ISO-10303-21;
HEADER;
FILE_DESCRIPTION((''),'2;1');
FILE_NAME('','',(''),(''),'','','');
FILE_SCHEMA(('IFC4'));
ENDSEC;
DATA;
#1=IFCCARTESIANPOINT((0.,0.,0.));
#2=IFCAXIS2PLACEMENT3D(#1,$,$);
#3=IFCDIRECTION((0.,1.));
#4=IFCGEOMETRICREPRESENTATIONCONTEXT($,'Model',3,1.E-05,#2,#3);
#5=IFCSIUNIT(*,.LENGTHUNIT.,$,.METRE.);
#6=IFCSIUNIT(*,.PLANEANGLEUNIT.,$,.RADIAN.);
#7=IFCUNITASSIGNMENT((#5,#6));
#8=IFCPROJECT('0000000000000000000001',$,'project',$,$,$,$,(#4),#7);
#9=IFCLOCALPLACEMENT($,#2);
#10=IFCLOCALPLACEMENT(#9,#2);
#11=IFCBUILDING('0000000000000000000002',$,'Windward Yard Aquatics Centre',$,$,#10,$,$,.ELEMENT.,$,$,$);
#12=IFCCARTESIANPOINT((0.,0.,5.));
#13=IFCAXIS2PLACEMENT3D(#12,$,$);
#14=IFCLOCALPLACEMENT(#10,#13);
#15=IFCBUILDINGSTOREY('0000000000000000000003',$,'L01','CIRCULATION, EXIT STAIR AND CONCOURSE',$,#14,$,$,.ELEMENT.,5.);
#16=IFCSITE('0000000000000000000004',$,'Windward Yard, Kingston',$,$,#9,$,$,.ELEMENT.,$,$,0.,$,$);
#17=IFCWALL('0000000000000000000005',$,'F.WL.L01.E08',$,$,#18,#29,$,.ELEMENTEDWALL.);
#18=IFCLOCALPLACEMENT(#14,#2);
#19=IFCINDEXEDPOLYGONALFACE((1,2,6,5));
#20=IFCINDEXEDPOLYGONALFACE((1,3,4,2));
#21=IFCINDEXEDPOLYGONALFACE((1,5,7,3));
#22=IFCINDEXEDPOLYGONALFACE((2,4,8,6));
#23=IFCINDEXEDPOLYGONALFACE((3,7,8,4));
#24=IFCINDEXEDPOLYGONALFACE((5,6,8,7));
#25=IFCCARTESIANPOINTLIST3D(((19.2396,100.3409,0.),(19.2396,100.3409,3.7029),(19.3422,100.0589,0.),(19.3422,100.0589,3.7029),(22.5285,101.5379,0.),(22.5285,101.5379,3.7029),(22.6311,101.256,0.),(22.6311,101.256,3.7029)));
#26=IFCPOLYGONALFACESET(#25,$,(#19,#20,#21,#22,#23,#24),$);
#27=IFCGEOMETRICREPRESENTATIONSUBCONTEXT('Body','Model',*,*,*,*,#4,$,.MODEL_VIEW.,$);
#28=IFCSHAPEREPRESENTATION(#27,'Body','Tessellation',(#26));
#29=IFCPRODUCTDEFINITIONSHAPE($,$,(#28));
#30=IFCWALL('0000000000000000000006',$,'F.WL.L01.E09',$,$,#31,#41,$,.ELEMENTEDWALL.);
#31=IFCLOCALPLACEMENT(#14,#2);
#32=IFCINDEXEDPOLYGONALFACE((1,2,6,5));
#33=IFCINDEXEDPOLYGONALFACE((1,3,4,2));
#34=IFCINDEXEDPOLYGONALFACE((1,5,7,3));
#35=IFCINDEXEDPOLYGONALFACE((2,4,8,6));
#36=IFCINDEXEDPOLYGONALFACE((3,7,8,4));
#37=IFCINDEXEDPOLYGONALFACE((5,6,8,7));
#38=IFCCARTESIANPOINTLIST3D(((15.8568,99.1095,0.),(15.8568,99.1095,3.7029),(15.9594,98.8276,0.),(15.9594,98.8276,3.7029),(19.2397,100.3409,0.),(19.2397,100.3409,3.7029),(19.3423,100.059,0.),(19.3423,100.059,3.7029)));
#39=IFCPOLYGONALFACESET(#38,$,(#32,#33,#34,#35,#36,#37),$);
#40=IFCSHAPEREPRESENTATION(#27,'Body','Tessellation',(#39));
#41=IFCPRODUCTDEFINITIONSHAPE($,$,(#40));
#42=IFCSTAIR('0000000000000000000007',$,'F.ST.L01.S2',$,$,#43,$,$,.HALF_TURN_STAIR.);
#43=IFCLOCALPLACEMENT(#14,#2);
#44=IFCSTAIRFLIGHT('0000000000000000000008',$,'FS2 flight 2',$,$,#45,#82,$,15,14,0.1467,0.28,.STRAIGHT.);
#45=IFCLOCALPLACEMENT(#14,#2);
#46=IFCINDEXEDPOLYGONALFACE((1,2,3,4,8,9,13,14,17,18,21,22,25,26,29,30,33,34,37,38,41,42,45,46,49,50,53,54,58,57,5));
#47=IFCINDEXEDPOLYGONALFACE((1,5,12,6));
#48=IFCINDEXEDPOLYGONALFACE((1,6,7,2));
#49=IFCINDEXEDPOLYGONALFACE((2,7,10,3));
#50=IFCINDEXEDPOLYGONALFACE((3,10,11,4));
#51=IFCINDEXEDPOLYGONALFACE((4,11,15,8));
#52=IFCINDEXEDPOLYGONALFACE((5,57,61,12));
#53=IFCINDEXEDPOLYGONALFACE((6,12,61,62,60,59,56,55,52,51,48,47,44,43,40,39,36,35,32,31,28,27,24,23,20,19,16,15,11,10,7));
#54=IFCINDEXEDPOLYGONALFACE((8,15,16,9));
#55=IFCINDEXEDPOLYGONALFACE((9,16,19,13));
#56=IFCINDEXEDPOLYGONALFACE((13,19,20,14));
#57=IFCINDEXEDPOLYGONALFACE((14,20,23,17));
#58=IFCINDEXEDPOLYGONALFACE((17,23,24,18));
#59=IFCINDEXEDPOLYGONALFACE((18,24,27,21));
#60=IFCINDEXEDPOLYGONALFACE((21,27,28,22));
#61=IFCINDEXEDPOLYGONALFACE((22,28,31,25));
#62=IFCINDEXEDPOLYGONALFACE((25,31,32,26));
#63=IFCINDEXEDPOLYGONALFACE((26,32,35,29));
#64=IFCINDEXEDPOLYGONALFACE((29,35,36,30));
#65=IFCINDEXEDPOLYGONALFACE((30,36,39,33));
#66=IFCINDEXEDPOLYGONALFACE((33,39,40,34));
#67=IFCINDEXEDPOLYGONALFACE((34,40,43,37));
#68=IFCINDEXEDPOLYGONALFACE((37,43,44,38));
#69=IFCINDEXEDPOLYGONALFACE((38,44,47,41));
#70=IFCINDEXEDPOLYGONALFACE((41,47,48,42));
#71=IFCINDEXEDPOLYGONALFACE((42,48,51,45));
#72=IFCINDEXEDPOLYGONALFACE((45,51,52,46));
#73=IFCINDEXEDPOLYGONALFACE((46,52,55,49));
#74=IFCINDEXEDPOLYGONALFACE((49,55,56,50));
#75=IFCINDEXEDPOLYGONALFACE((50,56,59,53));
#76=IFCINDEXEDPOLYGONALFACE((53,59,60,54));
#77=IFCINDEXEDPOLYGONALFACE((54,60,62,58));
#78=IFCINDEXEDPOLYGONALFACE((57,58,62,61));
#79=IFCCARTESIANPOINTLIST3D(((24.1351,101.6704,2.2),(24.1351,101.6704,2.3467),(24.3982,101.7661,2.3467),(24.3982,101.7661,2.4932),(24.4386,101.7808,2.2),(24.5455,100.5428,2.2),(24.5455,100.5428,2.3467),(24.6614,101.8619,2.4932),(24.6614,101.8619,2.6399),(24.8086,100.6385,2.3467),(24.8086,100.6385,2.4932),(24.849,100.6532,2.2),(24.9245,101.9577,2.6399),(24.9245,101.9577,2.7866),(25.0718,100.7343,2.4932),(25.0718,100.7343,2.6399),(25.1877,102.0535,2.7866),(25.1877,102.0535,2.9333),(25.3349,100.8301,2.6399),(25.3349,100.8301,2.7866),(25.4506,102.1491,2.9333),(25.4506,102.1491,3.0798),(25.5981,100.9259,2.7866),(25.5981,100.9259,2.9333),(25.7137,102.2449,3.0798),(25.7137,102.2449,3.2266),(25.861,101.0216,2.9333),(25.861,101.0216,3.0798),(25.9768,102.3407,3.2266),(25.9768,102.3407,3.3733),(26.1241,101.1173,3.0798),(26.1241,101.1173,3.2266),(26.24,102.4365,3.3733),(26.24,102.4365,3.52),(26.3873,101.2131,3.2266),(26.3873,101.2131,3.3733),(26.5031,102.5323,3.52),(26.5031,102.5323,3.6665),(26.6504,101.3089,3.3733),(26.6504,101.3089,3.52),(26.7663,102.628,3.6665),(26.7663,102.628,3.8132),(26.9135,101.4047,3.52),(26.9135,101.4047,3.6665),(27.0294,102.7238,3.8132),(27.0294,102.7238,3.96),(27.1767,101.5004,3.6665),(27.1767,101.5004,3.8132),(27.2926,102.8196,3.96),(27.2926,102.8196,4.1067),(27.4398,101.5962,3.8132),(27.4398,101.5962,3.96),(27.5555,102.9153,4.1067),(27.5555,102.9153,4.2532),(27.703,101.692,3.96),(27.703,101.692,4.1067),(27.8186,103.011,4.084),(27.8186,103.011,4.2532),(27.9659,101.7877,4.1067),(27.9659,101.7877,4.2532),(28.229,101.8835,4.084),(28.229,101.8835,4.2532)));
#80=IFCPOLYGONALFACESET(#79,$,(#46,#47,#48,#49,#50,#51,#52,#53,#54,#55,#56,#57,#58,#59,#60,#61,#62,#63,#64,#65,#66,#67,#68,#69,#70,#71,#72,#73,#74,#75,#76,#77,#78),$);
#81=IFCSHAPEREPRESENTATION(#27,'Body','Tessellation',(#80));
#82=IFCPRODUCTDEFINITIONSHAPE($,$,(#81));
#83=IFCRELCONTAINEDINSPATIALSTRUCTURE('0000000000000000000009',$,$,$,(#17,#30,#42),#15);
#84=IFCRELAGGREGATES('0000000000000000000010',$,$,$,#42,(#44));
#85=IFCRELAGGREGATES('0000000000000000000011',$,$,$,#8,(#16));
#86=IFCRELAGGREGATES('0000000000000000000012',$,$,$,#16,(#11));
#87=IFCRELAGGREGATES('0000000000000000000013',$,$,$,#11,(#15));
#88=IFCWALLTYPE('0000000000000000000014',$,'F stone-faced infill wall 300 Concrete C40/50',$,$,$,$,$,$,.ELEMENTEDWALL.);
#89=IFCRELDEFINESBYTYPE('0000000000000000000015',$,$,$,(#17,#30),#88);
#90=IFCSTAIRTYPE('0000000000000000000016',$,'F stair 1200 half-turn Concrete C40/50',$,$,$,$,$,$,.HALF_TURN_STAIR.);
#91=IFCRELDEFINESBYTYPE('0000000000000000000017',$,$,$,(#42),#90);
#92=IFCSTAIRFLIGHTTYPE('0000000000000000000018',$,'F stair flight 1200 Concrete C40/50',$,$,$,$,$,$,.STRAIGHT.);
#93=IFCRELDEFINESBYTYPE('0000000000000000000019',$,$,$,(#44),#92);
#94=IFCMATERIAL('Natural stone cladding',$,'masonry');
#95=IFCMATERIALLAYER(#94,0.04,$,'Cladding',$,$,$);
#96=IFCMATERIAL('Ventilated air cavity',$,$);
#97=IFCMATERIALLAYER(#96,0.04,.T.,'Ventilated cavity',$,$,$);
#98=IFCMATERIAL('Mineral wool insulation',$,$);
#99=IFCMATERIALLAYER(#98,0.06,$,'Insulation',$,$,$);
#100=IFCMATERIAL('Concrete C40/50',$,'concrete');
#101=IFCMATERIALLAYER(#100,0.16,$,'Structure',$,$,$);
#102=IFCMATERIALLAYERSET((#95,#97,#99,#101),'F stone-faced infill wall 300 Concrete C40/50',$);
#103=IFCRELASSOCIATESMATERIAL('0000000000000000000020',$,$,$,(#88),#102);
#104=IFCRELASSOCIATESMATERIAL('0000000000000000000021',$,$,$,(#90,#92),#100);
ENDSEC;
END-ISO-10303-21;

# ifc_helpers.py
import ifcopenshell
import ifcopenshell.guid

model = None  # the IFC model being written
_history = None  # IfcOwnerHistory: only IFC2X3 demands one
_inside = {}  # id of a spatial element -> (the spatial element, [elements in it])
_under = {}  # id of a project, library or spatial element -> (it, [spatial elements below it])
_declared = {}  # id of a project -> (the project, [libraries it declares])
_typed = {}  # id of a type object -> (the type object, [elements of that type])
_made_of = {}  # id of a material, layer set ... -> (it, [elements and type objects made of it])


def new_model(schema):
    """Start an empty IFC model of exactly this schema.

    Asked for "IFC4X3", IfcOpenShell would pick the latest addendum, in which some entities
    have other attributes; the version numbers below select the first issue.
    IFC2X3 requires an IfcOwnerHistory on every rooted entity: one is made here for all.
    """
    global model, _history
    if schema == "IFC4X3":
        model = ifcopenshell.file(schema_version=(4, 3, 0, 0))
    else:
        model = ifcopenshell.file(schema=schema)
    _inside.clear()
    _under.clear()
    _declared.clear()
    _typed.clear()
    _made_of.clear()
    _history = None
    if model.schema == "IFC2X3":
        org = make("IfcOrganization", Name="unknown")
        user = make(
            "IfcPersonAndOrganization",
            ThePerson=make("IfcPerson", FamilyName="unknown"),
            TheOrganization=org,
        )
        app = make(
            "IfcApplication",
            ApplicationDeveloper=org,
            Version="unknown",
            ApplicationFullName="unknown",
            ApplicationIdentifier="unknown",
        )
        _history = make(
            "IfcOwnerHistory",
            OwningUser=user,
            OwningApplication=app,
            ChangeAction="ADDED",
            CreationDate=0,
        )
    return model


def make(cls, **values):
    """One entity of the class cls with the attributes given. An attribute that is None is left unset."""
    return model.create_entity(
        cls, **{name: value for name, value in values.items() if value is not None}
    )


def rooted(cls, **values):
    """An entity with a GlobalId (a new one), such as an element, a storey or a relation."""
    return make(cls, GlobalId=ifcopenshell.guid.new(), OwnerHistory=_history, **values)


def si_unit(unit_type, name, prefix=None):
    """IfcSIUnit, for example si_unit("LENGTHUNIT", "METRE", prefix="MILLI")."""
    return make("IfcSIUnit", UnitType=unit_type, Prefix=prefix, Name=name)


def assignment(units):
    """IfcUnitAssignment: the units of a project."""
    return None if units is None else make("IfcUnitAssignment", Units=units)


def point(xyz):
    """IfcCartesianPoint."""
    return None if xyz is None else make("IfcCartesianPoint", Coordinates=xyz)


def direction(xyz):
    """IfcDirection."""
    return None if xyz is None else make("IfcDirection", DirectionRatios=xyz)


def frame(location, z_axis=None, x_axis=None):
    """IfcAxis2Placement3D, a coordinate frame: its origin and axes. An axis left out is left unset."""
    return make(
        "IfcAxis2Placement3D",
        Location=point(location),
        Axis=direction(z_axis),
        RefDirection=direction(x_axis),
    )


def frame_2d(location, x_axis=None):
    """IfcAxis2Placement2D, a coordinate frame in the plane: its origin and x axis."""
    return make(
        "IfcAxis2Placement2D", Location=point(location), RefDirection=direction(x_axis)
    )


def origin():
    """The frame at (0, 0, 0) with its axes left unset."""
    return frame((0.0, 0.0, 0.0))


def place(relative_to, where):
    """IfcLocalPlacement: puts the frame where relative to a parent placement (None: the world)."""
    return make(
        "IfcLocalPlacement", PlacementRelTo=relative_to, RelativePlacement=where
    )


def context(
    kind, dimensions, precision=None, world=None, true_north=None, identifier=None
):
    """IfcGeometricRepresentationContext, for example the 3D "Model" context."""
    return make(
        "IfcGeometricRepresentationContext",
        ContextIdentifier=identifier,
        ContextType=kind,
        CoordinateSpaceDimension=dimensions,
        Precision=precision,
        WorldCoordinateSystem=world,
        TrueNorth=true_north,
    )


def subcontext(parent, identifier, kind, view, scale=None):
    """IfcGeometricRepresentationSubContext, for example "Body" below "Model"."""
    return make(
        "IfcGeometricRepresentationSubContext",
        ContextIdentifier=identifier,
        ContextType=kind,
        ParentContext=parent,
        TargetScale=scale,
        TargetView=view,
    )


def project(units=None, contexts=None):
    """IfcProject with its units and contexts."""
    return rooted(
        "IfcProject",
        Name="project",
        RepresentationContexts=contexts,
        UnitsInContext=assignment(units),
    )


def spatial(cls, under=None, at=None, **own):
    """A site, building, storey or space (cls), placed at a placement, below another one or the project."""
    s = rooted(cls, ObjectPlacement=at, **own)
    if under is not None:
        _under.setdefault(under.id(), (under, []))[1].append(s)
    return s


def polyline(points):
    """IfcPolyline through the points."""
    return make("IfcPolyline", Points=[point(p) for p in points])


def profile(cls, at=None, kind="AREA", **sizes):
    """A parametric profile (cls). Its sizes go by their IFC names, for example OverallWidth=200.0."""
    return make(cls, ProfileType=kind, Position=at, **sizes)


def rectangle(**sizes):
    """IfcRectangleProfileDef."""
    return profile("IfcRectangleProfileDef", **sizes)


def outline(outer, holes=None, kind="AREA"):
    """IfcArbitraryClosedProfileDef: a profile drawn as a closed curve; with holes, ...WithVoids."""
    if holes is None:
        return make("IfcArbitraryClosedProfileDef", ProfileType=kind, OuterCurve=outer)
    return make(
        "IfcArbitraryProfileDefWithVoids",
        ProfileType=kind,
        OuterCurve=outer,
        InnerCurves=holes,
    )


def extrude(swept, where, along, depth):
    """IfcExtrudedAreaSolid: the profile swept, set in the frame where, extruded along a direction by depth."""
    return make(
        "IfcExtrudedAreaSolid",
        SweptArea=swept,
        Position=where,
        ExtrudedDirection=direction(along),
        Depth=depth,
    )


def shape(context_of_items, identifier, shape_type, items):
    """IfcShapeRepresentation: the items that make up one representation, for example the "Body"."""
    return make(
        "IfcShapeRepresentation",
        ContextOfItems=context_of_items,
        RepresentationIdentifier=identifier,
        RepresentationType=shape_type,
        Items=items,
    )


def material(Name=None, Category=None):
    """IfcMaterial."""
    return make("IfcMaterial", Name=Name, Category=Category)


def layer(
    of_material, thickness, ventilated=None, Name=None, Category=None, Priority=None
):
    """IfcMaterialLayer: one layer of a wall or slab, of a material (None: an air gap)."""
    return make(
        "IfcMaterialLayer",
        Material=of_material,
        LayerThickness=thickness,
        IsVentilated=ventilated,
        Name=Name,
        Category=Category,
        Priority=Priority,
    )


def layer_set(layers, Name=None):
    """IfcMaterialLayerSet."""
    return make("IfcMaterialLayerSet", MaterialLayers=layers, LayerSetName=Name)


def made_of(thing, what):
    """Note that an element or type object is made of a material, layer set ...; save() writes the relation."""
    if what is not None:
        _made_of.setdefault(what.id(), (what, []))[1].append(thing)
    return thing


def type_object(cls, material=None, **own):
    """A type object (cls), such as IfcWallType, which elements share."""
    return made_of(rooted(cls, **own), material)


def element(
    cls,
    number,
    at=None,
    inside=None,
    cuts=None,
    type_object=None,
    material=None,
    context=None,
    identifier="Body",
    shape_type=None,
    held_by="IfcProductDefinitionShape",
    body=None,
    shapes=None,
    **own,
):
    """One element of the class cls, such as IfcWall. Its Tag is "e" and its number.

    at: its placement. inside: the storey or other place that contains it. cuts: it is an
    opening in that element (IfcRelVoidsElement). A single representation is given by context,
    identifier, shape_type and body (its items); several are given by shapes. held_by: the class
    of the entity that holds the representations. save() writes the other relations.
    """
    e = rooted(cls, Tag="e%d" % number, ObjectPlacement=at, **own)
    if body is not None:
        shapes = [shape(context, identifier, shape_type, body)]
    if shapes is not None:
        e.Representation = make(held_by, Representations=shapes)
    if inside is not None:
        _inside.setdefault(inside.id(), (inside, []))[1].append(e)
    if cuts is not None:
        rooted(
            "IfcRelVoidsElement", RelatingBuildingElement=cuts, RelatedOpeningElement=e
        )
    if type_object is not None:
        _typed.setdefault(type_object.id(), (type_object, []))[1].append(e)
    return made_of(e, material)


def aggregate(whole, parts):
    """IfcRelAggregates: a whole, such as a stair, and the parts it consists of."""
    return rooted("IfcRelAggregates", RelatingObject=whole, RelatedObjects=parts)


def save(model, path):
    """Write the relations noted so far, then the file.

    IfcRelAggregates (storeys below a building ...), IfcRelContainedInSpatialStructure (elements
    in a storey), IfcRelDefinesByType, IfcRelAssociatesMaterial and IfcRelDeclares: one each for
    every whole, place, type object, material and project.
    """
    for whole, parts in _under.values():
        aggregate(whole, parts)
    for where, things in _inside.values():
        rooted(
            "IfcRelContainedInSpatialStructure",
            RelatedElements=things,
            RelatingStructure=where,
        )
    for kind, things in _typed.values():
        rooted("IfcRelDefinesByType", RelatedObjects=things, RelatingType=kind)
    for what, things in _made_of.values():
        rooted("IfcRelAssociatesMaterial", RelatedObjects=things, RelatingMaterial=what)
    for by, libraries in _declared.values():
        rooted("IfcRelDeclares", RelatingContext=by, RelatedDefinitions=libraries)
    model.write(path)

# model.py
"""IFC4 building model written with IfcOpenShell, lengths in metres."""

from ifc_helpers import new_model, si_unit, direction, frame, frame_2d, origin, place, context, subcontext, project, spatial, polyline, rectangle, outline, extrude, material, layer, layer_set, type_object, element, aggregate, save


model = new_model("IFC4")

# Units and contexts
model_context = context("Model", 3, precision=1e-05, world=origin(), true_north=direction((0.0, 1.0)))
body_context = subcontext(model_context, "Body", "Model", "MODEL_VIEW")
ifc_project = project(units=[si_unit("LENGTHUNIT", "METRE"), si_unit("PLANEANGLEUNIT", "RADIAN")], contexts=[model_context])

# Site, building, storey
site_placement = place(None, origin())
site = spatial("IfcSite", under=ifc_project, at=site_placement, Name="Windward Yard, Kingston", CompositionType="ELEMENT", RefElevation=0.0)
building_placement = place(site_placement, origin())
building = spatial("IfcBuilding", under=site, at=building_placement, Name="Windward Yard Aquatics Centre", CompositionType="ELEMENT")
storey_placement = place(building_placement, frame((0.0, 0.0, 5.0)))
storey = spatial("IfcBuildingStorey", under=building, at=storey_placement, Name="L01", Description="CIRCULATION, EXIT STAIR AND CONCOURSE", CompositionType="ELEMENT", Elevation=5.0)

# Shared definitions
ifc_material_1 = material(Name="Concrete C40/50", Category="concrete")

# Walls
ifc_material_2 = material(Name="Natural stone cladding", Category="masonry")
ifc_layer_1 = layer(ifc_material_2, 0.04, Name="Cladding")
ifc_material_3 = material(Name="Ventilated air cavity")
ifc_layer_2 = layer(ifc_material_3, 0.04, ventilated=True, Name="Ventilated cavity")
ifc_material_4 = material(Name="Mineral wool insulation")
ifc_layer_3 = layer(ifc_material_4, 0.06, Name="Insulation")
ifc_layer_4 = layer(ifc_material_1, 0.16, Name="Structure")
ifc_layer_set_1 = layer_set([ifc_layer_1, ifc_layer_2, ifc_layer_3, ifc_layer_4], Name="F stone-faced infill wall 300 Concrete C40/50")
wall_type_1 = type_object("IfcWallType", Name="F stone-faced infill wall 300 Concrete C40/50", PredefinedType="ELEMENTEDWALL", material=ifc_layer_set_1)
wall_1_placement = place(storey_placement, frame((22.5798, 101.397, 0.0), z_axis=(0.0, 0.0, 1.0), x_axis=(-0.939694, -0.342017, 0.0)))
element("IfcWall", 1, at=wall_1_placement, inside=storey, type_object=wall_type_1, Name="F.WL.L01.E08", PredefinedType="ELEMENTEDWALL", context=body_context, shape_type="SweptSolid", body=[
    extrude(rectangle(XDim=3.5, YDim=0.3, at=frame_2d((1.75, 0.0))), origin(), (0.0, 0.0, 1.0), 3.7029),
])
wall_2_placement = place(storey_placement, frame((19.291, 100.2, 0.0), z_axis=(0.0, 0.0, 1.0), x_axis=(-0.939682, -0.342048, 0.0)))
element("IfcWall", 2, at=wall_2_placement, inside=storey, type_object=wall_type_1, Name="F.WL.L01.E09", PredefinedType="ELEMENTEDWALL", context=body_context, shape_type="SweptSolid", body=[
    extrude(rectangle(XDim=3.6001, YDim=0.3, at=frame_2d((1.8, 0.0))), origin(), (0.0, 0.0, 1.0), 3.7029),
])

# Stair, stair flight
stair_type = type_object("IfcStairType", Name="F stair 1200 half-turn Concrete C40/50", PredefinedType="HALF_TURN_STAIR", material=ifc_material_1)
stair_placement = place(storey_placement, origin())
stair = element("IfcStair", 3, at=stair_placement, inside=storey, type_object=stair_type, Name="F.ST.L01.S2", PredefinedType="HALF_TURN_STAIR")
stair_flight_type = type_object("IfcStairFlightType", Name="F stair flight 1200 Concrete C40/50", PredefinedType="STRAIGHT", material=ifc_material_1)
stair_flight_placement = place(storey_placement, frame((24.3403, 101.1064, 2.2), z_axis=(0.0, 0.0, 1.0), x_axis=(0.939693, 0.34202, 0.0)))
stair_flight = element("IfcStairFlight", 4, at=stair_flight_placement, type_object=stair_flight_type, Name="FS2 flight 2", NumberOfRisers=15, NumberOfTreads=14, PredefinedType="STRAIGHT", RiserHeight=0.1467, TreadLength=0.28, context=body_context, shape_type="SweptSolid", body=[
    extrude(outline(polyline([(0.0, 0.0), (0.0, 0.1467), (0.28, 0.1467), (0.28, 0.2932), (0.5601, 0.2932), (0.5601, 0.4399), (0.8401, 0.4399), (0.8401, 0.5867), (1.1201, 0.5867), (1.1201, 0.7334), (1.3999, 0.7334), (1.3999, 0.8799), (1.6799, 0.8799), (1.6799, 1.0266), (1.96, 1.0266), (1.96, 1.1733), (2.24, 1.1733), (2.24, 1.3201), (2.52, 1.3201), (2.52, 1.4666), (2.8, 1.4666), (2.8, 1.6133), (3.0801, 1.6133), (3.0801, 1.76), (3.3601, 1.76), (3.3601, 1.9067), (3.6399, 1.9067), (3.6399, 2.0532), (3.9199, 2.0532), (3.9199, 2.2), (3.9199, 1.884), (0.323, 0.0), (0.0, 0.0)])), frame((0.0, 0.6001, 0.0), z_axis=(0.0, -1.0, 0.0), x_axis=(1.0, 0.0, 0.0)), (0.0, 0.0, 1.0), 1.2),
])
aggregate(stair, [stair_flight])

save(model, "model.ifc")
